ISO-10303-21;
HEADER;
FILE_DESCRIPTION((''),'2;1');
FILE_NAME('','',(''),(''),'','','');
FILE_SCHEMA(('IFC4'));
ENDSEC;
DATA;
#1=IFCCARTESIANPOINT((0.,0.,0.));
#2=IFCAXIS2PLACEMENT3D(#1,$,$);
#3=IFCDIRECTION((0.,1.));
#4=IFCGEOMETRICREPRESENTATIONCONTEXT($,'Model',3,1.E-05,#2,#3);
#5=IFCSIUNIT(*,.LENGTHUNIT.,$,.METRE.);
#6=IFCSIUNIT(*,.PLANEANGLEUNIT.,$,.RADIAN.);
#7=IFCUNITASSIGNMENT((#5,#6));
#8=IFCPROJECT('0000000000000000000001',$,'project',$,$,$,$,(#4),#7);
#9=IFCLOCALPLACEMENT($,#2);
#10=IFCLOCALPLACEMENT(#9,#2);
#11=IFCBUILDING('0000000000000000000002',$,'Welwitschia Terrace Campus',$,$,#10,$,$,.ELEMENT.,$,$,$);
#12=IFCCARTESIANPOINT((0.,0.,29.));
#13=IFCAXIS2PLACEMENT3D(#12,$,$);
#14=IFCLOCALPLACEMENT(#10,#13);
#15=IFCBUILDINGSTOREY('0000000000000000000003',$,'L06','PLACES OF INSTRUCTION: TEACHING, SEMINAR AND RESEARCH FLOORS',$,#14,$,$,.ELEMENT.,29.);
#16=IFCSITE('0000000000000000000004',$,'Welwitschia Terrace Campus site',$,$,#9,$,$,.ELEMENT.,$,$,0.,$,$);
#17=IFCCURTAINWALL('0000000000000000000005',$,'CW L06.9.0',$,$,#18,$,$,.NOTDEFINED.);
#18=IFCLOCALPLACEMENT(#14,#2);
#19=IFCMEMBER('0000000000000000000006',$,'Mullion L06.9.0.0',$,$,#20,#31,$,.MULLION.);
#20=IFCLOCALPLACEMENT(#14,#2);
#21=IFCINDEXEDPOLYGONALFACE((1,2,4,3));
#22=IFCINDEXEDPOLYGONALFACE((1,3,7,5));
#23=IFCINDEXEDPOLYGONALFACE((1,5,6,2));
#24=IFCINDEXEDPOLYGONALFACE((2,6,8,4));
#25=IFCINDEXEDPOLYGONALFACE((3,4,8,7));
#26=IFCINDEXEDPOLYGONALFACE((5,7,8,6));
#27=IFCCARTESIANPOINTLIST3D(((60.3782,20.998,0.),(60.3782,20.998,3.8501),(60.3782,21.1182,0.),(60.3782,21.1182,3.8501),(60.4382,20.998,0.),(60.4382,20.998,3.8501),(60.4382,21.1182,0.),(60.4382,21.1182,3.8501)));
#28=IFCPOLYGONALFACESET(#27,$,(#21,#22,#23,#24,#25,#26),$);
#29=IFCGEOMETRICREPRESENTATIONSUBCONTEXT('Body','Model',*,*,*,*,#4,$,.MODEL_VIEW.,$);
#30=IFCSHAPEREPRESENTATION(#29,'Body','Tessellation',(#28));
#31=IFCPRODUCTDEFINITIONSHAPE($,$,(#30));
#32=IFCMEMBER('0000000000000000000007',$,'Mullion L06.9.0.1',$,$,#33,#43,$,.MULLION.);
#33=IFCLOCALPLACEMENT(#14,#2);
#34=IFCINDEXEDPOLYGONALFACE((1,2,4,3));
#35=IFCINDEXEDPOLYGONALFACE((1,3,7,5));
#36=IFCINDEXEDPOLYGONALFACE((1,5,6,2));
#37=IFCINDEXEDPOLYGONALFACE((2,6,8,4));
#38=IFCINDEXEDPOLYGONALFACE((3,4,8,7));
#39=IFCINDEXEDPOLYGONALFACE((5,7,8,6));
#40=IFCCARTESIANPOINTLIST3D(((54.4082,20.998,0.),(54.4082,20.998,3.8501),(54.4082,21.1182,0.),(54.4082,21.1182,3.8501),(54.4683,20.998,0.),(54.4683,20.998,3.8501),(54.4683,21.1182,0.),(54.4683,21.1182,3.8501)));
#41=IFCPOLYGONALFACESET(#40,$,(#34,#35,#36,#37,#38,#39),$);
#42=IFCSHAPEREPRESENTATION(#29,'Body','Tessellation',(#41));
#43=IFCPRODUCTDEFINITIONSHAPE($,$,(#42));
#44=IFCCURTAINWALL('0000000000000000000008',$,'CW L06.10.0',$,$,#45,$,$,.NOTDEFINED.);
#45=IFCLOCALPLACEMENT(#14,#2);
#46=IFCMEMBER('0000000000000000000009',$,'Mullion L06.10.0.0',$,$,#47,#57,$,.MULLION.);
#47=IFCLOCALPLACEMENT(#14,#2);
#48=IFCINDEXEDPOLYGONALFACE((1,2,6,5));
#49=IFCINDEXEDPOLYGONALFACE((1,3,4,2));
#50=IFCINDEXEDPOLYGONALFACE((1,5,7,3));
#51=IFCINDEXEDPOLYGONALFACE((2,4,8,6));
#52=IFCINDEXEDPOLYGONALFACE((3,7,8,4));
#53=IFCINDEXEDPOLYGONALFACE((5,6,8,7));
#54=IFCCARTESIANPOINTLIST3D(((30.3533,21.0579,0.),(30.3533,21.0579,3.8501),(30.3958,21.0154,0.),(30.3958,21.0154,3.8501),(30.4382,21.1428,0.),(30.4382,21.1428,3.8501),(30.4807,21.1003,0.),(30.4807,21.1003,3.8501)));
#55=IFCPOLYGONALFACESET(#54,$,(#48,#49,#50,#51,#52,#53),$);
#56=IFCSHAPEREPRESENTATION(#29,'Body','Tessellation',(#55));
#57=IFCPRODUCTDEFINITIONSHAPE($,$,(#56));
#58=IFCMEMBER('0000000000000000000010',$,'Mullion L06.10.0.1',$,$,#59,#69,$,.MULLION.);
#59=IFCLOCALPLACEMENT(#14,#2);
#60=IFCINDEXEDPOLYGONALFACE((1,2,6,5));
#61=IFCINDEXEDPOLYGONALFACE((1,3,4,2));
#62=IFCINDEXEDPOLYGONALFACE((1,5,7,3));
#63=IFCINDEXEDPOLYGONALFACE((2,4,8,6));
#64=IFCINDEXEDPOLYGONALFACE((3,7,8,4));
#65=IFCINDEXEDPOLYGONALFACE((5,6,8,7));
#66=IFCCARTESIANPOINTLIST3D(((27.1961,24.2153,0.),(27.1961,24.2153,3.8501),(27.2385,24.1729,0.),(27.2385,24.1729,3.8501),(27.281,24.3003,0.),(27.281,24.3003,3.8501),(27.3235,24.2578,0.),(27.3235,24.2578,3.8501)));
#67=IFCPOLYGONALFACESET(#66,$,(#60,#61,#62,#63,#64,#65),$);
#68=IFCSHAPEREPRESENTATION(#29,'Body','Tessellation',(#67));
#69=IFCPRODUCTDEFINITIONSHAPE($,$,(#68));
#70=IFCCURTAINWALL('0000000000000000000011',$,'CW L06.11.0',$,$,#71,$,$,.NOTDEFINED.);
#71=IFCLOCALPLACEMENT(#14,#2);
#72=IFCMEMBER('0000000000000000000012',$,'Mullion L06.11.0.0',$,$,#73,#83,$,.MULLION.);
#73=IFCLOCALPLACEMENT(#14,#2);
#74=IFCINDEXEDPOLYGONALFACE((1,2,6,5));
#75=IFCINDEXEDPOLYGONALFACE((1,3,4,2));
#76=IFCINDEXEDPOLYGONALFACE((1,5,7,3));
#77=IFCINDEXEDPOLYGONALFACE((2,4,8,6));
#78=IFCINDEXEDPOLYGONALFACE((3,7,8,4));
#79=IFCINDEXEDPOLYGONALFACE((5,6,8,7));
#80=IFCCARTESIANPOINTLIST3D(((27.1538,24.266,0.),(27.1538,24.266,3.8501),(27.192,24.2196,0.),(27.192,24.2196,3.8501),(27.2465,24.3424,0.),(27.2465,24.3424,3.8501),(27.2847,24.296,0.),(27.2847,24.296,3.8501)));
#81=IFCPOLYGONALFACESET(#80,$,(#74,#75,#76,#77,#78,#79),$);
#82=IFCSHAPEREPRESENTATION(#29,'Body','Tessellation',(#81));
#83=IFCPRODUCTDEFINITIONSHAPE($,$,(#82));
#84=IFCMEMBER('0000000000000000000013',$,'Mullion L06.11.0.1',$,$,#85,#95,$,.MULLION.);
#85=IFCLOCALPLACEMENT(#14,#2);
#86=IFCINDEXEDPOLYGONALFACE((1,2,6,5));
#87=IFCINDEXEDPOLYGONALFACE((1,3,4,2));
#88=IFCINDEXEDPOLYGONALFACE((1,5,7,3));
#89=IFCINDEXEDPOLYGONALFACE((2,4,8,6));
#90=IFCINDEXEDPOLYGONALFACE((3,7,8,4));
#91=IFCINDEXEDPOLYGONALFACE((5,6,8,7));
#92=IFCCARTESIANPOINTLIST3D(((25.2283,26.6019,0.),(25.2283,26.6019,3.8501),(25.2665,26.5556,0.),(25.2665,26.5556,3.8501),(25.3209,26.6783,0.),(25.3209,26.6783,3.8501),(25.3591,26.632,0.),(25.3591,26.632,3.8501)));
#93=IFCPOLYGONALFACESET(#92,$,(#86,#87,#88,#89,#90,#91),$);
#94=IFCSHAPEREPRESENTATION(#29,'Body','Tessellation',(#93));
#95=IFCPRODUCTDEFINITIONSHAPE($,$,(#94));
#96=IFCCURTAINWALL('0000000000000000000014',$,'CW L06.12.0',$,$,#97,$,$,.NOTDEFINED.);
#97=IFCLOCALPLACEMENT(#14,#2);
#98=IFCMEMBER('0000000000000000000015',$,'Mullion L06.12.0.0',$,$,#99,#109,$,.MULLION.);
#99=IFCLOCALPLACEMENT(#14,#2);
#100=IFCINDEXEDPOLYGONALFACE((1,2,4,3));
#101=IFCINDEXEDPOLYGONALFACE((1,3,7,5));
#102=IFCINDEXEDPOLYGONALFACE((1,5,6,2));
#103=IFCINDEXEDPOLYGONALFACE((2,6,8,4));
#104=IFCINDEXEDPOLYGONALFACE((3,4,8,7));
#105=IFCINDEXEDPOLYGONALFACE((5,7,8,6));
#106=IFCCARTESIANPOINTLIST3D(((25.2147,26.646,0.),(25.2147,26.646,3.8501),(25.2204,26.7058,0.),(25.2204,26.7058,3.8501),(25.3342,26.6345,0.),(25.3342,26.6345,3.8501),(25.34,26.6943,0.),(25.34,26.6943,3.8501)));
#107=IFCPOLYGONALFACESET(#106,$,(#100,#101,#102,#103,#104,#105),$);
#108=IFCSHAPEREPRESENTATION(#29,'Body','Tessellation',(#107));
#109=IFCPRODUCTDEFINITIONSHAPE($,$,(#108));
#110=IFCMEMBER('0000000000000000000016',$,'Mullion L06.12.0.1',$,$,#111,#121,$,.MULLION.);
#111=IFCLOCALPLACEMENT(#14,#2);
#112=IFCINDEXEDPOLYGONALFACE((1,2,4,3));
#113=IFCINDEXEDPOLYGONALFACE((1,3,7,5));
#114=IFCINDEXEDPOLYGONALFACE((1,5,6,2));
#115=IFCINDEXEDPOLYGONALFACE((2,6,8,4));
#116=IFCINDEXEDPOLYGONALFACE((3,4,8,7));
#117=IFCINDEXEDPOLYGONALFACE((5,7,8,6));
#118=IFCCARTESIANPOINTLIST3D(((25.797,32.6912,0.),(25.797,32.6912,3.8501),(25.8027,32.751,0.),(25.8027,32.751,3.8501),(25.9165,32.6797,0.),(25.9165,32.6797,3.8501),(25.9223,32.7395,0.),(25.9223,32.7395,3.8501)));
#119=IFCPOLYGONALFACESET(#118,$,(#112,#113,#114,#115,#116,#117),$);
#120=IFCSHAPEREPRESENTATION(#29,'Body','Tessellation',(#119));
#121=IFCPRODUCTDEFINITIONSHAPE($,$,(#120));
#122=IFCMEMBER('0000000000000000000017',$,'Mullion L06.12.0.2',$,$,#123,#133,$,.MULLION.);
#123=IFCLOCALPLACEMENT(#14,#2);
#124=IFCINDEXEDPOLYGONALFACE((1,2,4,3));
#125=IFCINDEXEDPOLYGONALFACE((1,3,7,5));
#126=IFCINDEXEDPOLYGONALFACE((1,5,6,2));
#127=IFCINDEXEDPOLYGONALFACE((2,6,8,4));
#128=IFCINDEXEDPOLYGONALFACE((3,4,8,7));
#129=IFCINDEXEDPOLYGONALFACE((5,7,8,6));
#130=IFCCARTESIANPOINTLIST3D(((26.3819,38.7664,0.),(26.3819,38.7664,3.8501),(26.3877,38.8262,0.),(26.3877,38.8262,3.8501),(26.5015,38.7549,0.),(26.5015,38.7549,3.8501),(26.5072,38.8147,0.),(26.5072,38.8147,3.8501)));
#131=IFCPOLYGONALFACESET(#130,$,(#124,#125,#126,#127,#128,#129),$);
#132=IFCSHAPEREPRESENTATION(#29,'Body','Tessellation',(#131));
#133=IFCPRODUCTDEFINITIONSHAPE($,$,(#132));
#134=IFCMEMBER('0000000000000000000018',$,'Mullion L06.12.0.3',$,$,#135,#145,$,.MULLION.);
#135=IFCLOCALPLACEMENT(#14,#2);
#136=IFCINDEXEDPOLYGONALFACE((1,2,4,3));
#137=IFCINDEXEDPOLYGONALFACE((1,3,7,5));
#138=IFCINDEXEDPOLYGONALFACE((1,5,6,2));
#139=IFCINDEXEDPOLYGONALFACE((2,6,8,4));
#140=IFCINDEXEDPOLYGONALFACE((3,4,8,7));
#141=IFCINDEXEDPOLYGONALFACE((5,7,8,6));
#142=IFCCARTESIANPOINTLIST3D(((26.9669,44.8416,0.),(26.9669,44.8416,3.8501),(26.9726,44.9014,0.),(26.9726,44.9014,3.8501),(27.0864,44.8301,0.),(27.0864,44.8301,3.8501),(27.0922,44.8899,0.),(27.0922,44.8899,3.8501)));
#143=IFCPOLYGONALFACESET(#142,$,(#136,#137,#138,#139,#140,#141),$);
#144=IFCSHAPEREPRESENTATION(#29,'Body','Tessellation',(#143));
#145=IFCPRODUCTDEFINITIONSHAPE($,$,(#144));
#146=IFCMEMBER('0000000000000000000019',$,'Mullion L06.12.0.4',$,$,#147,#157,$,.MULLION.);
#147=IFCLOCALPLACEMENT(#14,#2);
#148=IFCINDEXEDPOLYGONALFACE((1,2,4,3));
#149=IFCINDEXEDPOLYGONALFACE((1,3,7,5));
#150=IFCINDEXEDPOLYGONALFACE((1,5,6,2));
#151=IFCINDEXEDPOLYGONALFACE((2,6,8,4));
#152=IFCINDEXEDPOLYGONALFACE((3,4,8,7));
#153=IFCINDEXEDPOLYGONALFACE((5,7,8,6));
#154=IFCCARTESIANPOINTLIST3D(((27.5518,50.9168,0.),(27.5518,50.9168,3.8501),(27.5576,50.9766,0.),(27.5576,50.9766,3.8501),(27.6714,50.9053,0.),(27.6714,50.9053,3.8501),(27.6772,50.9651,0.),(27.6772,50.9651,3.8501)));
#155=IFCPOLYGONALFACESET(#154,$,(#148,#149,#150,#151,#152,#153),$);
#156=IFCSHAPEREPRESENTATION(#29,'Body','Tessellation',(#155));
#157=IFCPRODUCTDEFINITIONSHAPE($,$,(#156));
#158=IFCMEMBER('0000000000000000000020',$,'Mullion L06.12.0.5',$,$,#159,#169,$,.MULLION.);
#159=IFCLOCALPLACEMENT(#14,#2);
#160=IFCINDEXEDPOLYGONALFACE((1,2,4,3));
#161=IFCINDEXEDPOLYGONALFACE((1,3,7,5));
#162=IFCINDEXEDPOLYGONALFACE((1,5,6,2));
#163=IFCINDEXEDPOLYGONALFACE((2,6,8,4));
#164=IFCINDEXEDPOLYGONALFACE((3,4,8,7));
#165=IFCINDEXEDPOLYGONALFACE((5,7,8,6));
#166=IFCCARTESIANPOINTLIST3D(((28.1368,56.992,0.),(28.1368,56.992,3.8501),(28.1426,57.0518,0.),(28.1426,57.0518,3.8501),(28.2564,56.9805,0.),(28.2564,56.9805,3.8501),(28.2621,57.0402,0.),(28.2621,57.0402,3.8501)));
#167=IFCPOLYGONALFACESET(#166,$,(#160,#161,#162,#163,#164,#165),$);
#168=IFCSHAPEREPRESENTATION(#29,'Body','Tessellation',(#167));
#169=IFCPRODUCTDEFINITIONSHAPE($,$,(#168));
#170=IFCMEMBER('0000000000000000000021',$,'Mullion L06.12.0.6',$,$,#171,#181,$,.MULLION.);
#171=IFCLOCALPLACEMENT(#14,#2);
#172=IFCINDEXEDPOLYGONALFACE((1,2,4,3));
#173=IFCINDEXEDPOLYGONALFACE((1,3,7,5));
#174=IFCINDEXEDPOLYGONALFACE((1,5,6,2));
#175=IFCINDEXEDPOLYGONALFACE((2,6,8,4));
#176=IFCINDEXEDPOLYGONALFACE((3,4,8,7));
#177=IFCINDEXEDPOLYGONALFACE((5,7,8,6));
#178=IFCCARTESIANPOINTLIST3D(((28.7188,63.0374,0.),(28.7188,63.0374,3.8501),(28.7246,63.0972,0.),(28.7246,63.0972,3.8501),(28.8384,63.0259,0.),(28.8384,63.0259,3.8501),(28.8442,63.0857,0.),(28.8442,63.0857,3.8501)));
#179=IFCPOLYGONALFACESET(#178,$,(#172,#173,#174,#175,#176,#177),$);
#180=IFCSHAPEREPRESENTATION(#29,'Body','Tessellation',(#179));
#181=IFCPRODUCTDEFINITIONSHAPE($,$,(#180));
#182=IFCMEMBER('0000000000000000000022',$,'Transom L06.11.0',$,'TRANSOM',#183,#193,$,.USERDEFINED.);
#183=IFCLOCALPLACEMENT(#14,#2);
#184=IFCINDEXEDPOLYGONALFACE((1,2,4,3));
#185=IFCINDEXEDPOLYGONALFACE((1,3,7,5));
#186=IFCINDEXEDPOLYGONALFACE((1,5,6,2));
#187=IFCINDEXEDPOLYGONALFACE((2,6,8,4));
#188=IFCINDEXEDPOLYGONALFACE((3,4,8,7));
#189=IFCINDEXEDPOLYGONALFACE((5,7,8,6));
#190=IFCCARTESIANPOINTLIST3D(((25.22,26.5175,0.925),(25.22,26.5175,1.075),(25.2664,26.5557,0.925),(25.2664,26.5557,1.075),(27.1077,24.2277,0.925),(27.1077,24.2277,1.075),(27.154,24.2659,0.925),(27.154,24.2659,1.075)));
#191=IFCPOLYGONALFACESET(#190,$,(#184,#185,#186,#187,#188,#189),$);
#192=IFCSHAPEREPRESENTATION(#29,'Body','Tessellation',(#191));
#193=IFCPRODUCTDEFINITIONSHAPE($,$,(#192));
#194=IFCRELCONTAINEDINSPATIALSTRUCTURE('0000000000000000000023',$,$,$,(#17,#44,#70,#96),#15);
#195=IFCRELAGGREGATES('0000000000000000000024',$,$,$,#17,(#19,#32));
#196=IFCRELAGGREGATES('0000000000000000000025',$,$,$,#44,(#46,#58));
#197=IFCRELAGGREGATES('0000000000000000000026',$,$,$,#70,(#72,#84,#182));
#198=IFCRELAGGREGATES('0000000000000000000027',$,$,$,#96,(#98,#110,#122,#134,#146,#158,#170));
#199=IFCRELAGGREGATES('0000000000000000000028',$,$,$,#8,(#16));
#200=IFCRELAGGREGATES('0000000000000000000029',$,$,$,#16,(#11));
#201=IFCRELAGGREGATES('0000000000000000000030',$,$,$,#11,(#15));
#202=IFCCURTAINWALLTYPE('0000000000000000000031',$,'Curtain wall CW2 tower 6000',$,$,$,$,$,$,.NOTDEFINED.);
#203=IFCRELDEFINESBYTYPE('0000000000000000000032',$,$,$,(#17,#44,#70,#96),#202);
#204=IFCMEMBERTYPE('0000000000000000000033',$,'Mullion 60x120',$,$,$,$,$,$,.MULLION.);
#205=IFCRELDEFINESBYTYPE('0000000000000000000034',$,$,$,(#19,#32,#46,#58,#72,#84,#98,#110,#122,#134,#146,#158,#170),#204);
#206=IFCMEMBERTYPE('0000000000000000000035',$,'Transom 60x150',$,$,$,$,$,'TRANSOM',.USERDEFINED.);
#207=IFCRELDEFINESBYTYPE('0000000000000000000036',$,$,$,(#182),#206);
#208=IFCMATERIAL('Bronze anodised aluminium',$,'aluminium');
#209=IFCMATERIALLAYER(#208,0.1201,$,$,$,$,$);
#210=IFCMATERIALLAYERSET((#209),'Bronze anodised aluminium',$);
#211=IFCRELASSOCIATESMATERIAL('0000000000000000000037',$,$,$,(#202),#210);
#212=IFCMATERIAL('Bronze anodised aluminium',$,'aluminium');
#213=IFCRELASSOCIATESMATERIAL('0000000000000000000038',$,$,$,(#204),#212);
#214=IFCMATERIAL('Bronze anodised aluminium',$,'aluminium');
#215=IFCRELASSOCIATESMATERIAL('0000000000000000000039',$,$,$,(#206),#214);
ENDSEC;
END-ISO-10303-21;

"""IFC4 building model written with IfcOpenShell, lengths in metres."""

from ifc_helpers import new_model, si_unit, direction, frame, origin, origin_2d, place, context, subcontext, project, spatial, rectangle, extrude, material, layer, layer_set, material_profile, profile_set, type_object, element, aggregate, save


model = new_model("IFC4")

# Units and contexts
model_context = context("Model", 3, precision=1e-05, world=origin(), true_north=direction((0.0, 1.0)))
body_context = subcontext(model_context, "Body", "Model", "MODEL_VIEW")
ifc_project = project(units=[si_unit("LENGTHUNIT", "METRE"), si_unit("PLANEANGLEUNIT", "RADIAN")], contexts=[model_context])

# Site, building, storey
site_placement = place(None, origin())
site = spatial("IfcSite", under=ifc_project, at=site_placement, Name="Welwitschia Terrace Campus site", CompositionType="ELEMENT", RefElevation=0.0)
building_placement = place(site_placement, origin())
building = spatial("IfcBuilding", under=site, at=building_placement, Name="Welwitschia Terrace Campus", CompositionType="ELEMENT")
storey_placement = place(building_placement, frame((0.0, 0.0, 29.0)))
storey = spatial("IfcBuildingStorey", under=building, at=storey_placement, Name="L06", Description="PLACES OF INSTRUCTION: TEACHING, SEMINAR AND RESEARCH FLOORS", CompositionType="ELEMENT", Elevation=29.0)

# Curtain walls, members
ifc_material_1 = material(Name="Bronze anodised aluminium", Category="aluminium")
ifc_layer_1 = layer(ifc_material_1, 0.1201)
ifc_layer_set_1 = layer_set([ifc_layer_1], Name="Bronze anodised aluminium")
curtain_wall_type = type_object("IfcCurtainWallType", Name="Curtain wall CW2 tower 6000", PredefinedType="NOTDEFINED", material=ifc_layer_set_1)
curtain_wall_1_placement = place(storey_placement, origin())
curtain_wall_1 = element("IfcCurtainWall", 1, at=curtain_wall_1_placement, inside=storey, type_object=curtain_wall_type, Name="CW L06.9.0", PredefinedType="NOTDEFINED")
ifc_material_2 = material(Name="Bronze anodised aluminium", Category="aluminium")
ifc_material_profile_1 = material_profile(ifc_material_2, rectangle(XDim=0.1201, YDim=0.0601, at=origin_2d()))
ifc_profile_set_1 = profile_set([ifc_material_profile_1], Name="Bronze anodised aluminium")
member_type_1 = type_object("IfcMemberType", Name="Mullion 60x120", PredefinedType="MULLION", material=ifc_profile_set_1)
member_1_placement = place(storey_placement, frame((60.4082, 21.0581, 0.0), z_axis=(0.0, 0.0, 1.0), x_axis=(0.0, -1.0, 0.0)))
member_1 = element("IfcMember", 2, at=member_1_placement, type_object=member_type_1, Name="Mullion L06.9.0.0", PredefinedType="MULLION", context=body_context, shape_type="SweptSolid", body=[
    extrude(rectangle(XDim=0.1201, YDim=0.0601, at=origin_2d()), origin(), (0.0, 0.0, 1.0), 3.8501),
])
member_2_placement = place(storey_placement, frame((54.4382, 21.0581, 0.0), z_axis=(0.0, 0.0, 1.0), x_axis=(0.0, -1.0, 0.0)))
member_2 = element("IfcMember", 3, at=member_2_placement, type_object=member_type_1, Name="Mullion L06.9.0.1", PredefinedType="MULLION", context=body_context, shape_type="SweptSolid", body=[
    extrude(rectangle(XDim=0.1201, YDim=0.0601, at=origin_2d()), origin(), (0.0, 0.0, 1.0), 3.8501),
])
curtain_wall_2_placement = place(storey_placement, origin())
curtain_wall_2 = element("IfcCurtainWall", 4, at=curtain_wall_2_placement, inside=storey, type_object=curtain_wall_type, Name="CW L06.10.0", PredefinedType="NOTDEFINED")
member_3_placement = place(storey_placement, frame((30.417, 21.0791, 0.0), z_axis=(0.0, 0.0, 1.0), x_axis=(-0.707107, -0.707107, 0.0)))
member_3 = element("IfcMember", 5, at=member_3_placement, type_object=member_type_1, Name="Mullion L06.10.0.0", PredefinedType="MULLION", context=body_context, shape_type="SweptSolid", body=[
    extrude(rectangle(XDim=0.1201, YDim=0.0601, at=origin_2d()), origin(), (0.0, 0.0, 1.0), 3.8501),
])
member_4_placement = place(storey_placement, frame((27.2598, 24.2366, 0.0), z_axis=(0.0, 0.0, 1.0), x_axis=(-0.707107, -0.707107, 0.0)))
member_4 = element("IfcMember", 6, at=member_4_placement, type_object=member_type_1, Name="Mullion L06.10.0.1", PredefinedType="MULLION", context=body_context, shape_type="SweptSolid", body=[
    extrude(rectangle(XDim=0.1201, YDim=0.0601, at=origin_2d()), origin(), (0.0, 0.0, 1.0), 3.8501),
])
curtain_wall_3_placement = place(storey_placement, origin())
curtain_wall_3 = element("IfcCurtainWall", 7, at=curtain_wall_3_placement, inside=storey, type_object=curtain_wall_type, Name="CW L06.11.0", PredefinedType="NOTDEFINED")
member_5_placement = place(storey_placement, frame((27.2192, 24.281, 0.0), z_axis=(0.0, 0.0, 1.0), x_axis=(-0.771625, -0.636078, 0.0)))
member_5 = element("IfcMember", 8, at=member_5_placement, type_object=member_type_1, Name="Mullion L06.11.0.0", PredefinedType="MULLION", context=body_context, shape_type="SweptSolid", body=[
    extrude(rectangle(XDim=0.1201, YDim=0.0601, at=origin_2d()), origin(), (0.0, 0.0, 1.0), 3.8501),
])
member_6_placement = place(storey_placement, frame((25.2937, 26.6169, 0.0), z_axis=(0.0, 0.0, 1.0), x_axis=(-0.771625, -0.636078, 0.0)))
member_6 = element("IfcMember", 9, at=member_6_placement, type_object=member_type_1, Name="Mullion L06.11.0.1", PredefinedType="MULLION", context=body_context, shape_type="SweptSolid", body=[
    extrude(rectangle(XDim=0.1201, YDim=0.0601, at=origin_2d()), origin(), (0.0, 0.0, 1.0), 3.8501),
])
curtain_wall_4_placement = place(storey_placement, origin())
curtain_wall_4 = element("IfcCurtainWall", 10, at=curtain_wall_4_placement, inside=storey, type_object=curtain_wall_type, Name="CW L06.12.0", PredefinedType="NOTDEFINED")
member_7_placement = place(storey_placement, frame((25.2773, 26.6702, 0.0), z_axis=(0.0, 0.0, 1.0), x_axis=(-0.995396, 0.095846, 0.0)))
member_7 = element("IfcMember", 11, at=member_7_placement, type_object=member_type_1, Name="Mullion L06.12.0.0", PredefinedType="MULLION", context=body_context, shape_type="SweptSolid", body=[
    extrude(rectangle(XDim=0.1201, YDim=0.0601, at=origin_2d()), origin(), (0.0, 0.0, 1.0), 3.8501),
])
member_8_placement = place(storey_placement, frame((25.8596, 32.7153, 0.0), z_axis=(0.0, 0.0, 1.0), x_axis=(-0.995396, 0.095846, 0.0)))
member_8 = element("IfcMember", 12, at=member_8_placement, type_object=member_type_1, Name="Mullion L06.12.0.1", PredefinedType="MULLION", context=body_context, shape_type="SweptSolid", body=[
    extrude(rectangle(XDim=0.1201, YDim=0.0601, at=origin_2d()), origin(), (0.0, 0.0, 1.0), 3.8501),
])
member_9_placement = place(storey_placement, frame((26.4446, 38.7905, 0.0), z_axis=(0.0, 0.0, 1.0), x_axis=(-0.995396, 0.095846, 0.0)))
member_9 = element("IfcMember", 13, at=member_9_placement, type_object=member_type_1, Name="Mullion L06.12.0.2", PredefinedType="MULLION", context=body_context, shape_type="SweptSolid", body=[
    extrude(rectangle(XDim=0.1201, YDim=0.0601, at=origin_2d()), origin(), (0.0, 0.0, 1.0), 3.8501),
])
member_10_placement = place(storey_placement, frame((27.0295, 44.8657, 0.0), z_axis=(0.0, 0.0, 1.0), x_axis=(-0.995396, 0.095846, 0.0)))
member_10 = element("IfcMember", 14, at=member_10_placement, type_object=member_type_1, Name="Mullion L06.12.0.3", PredefinedType="MULLION", context=body_context, shape_type="SweptSolid", body=[
    extrude(rectangle(XDim=0.1201, YDim=0.0601, at=origin_2d()), origin(), (0.0, 0.0, 1.0), 3.8501),
])
member_11_placement = place(storey_placement, frame((27.6145, 50.9409, 0.0), z_axis=(0.0, 0.0, 1.0), x_axis=(-0.995396, 0.095846, 0.0)))
member_11 = element("IfcMember", 15, at=member_11_placement, type_object=member_type_1, Name="Mullion L06.12.0.4", PredefinedType="MULLION", context=body_context, shape_type="SweptSolid", body=[
    extrude(rectangle(XDim=0.1201, YDim=0.0601, at=origin_2d()), origin(), (0.0, 0.0, 1.0), 3.8501),
])
member_12_placement = place(storey_placement, frame((28.1995, 57.0161, 0.0), z_axis=(0.0, 0.0, 1.0), x_axis=(-0.995396, 0.095846, 0.0)))
member_12 = element("IfcMember", 16, at=member_12_placement, type_object=member_type_1, Name="Mullion L06.12.0.5", PredefinedType="MULLION", context=body_context, shape_type="SweptSolid", body=[
    extrude(rectangle(XDim=0.1201, YDim=0.0601, at=origin_2d()), origin(), (0.0, 0.0, 1.0), 3.8501),
])
member_13_placement = place(storey_placement, frame((28.7815, 63.0615, 0.0), z_axis=(0.0, 0.0, 1.0), x_axis=(-0.995396, 0.095846, 0.0)))
member_13 = element("IfcMember", 17, at=member_13_placement, type_object=member_type_1, Name="Mullion L06.12.0.6", PredefinedType="MULLION", context=body_context, shape_type="SweptSolid", body=[
    extrude(rectangle(XDim=0.1201, YDim=0.0601, at=origin_2d()), origin(), (0.0, 0.0, 1.0), 3.8501),
])

# Member
ifc_material_3 = material(Name="Bronze anodised aluminium", Category="aluminium")
ifc_material_profile_2 = material_profile(ifc_material_3, rectangle(XDim=0.0601, YDim=0.1499, at=origin_2d()))
ifc_profile_set_2 = profile_set([ifc_material_profile_2], Name="Bronze anodised aluminium")
member_type_2 = type_object("IfcMemberType", Name="Transom 60x150", ElementType="TRANSOM", PredefinedType="USERDEFINED", material=ifc_profile_set_2)
member_14_placement = place(storey_placement, frame((27.1309, 24.2468, 1.0), z_axis=(-0.636105, 0.771602, 0.0), x_axis=(-0.771602, -0.636105, 0.0)))
member_14 = element("IfcMember", 18, at=member_14_placement, type_object=member_type_2, Name="Transom L06.11.0", ObjectType="TRANSOM", PredefinedType="USERDEFINED", context=body_context, shape_type="SweptSolid", body=[
    extrude(rectangle(XDim=0.0601, YDim=0.1499, at=origin_2d()), origin(), (0.0, 0.0, 1.0), 2.9675),
])

aggregate(curtain_wall_1, [member_1, member_2])
aggregate(curtain_wall_2, [member_3, member_4])
aggregate(curtain_wall_3, [member_5, member_6, member_14])
aggregate(curtain_wall_4, [member_7, member_8, member_9, member_10, member_11, member_12, member_13])

save(model, "model.ifc")
